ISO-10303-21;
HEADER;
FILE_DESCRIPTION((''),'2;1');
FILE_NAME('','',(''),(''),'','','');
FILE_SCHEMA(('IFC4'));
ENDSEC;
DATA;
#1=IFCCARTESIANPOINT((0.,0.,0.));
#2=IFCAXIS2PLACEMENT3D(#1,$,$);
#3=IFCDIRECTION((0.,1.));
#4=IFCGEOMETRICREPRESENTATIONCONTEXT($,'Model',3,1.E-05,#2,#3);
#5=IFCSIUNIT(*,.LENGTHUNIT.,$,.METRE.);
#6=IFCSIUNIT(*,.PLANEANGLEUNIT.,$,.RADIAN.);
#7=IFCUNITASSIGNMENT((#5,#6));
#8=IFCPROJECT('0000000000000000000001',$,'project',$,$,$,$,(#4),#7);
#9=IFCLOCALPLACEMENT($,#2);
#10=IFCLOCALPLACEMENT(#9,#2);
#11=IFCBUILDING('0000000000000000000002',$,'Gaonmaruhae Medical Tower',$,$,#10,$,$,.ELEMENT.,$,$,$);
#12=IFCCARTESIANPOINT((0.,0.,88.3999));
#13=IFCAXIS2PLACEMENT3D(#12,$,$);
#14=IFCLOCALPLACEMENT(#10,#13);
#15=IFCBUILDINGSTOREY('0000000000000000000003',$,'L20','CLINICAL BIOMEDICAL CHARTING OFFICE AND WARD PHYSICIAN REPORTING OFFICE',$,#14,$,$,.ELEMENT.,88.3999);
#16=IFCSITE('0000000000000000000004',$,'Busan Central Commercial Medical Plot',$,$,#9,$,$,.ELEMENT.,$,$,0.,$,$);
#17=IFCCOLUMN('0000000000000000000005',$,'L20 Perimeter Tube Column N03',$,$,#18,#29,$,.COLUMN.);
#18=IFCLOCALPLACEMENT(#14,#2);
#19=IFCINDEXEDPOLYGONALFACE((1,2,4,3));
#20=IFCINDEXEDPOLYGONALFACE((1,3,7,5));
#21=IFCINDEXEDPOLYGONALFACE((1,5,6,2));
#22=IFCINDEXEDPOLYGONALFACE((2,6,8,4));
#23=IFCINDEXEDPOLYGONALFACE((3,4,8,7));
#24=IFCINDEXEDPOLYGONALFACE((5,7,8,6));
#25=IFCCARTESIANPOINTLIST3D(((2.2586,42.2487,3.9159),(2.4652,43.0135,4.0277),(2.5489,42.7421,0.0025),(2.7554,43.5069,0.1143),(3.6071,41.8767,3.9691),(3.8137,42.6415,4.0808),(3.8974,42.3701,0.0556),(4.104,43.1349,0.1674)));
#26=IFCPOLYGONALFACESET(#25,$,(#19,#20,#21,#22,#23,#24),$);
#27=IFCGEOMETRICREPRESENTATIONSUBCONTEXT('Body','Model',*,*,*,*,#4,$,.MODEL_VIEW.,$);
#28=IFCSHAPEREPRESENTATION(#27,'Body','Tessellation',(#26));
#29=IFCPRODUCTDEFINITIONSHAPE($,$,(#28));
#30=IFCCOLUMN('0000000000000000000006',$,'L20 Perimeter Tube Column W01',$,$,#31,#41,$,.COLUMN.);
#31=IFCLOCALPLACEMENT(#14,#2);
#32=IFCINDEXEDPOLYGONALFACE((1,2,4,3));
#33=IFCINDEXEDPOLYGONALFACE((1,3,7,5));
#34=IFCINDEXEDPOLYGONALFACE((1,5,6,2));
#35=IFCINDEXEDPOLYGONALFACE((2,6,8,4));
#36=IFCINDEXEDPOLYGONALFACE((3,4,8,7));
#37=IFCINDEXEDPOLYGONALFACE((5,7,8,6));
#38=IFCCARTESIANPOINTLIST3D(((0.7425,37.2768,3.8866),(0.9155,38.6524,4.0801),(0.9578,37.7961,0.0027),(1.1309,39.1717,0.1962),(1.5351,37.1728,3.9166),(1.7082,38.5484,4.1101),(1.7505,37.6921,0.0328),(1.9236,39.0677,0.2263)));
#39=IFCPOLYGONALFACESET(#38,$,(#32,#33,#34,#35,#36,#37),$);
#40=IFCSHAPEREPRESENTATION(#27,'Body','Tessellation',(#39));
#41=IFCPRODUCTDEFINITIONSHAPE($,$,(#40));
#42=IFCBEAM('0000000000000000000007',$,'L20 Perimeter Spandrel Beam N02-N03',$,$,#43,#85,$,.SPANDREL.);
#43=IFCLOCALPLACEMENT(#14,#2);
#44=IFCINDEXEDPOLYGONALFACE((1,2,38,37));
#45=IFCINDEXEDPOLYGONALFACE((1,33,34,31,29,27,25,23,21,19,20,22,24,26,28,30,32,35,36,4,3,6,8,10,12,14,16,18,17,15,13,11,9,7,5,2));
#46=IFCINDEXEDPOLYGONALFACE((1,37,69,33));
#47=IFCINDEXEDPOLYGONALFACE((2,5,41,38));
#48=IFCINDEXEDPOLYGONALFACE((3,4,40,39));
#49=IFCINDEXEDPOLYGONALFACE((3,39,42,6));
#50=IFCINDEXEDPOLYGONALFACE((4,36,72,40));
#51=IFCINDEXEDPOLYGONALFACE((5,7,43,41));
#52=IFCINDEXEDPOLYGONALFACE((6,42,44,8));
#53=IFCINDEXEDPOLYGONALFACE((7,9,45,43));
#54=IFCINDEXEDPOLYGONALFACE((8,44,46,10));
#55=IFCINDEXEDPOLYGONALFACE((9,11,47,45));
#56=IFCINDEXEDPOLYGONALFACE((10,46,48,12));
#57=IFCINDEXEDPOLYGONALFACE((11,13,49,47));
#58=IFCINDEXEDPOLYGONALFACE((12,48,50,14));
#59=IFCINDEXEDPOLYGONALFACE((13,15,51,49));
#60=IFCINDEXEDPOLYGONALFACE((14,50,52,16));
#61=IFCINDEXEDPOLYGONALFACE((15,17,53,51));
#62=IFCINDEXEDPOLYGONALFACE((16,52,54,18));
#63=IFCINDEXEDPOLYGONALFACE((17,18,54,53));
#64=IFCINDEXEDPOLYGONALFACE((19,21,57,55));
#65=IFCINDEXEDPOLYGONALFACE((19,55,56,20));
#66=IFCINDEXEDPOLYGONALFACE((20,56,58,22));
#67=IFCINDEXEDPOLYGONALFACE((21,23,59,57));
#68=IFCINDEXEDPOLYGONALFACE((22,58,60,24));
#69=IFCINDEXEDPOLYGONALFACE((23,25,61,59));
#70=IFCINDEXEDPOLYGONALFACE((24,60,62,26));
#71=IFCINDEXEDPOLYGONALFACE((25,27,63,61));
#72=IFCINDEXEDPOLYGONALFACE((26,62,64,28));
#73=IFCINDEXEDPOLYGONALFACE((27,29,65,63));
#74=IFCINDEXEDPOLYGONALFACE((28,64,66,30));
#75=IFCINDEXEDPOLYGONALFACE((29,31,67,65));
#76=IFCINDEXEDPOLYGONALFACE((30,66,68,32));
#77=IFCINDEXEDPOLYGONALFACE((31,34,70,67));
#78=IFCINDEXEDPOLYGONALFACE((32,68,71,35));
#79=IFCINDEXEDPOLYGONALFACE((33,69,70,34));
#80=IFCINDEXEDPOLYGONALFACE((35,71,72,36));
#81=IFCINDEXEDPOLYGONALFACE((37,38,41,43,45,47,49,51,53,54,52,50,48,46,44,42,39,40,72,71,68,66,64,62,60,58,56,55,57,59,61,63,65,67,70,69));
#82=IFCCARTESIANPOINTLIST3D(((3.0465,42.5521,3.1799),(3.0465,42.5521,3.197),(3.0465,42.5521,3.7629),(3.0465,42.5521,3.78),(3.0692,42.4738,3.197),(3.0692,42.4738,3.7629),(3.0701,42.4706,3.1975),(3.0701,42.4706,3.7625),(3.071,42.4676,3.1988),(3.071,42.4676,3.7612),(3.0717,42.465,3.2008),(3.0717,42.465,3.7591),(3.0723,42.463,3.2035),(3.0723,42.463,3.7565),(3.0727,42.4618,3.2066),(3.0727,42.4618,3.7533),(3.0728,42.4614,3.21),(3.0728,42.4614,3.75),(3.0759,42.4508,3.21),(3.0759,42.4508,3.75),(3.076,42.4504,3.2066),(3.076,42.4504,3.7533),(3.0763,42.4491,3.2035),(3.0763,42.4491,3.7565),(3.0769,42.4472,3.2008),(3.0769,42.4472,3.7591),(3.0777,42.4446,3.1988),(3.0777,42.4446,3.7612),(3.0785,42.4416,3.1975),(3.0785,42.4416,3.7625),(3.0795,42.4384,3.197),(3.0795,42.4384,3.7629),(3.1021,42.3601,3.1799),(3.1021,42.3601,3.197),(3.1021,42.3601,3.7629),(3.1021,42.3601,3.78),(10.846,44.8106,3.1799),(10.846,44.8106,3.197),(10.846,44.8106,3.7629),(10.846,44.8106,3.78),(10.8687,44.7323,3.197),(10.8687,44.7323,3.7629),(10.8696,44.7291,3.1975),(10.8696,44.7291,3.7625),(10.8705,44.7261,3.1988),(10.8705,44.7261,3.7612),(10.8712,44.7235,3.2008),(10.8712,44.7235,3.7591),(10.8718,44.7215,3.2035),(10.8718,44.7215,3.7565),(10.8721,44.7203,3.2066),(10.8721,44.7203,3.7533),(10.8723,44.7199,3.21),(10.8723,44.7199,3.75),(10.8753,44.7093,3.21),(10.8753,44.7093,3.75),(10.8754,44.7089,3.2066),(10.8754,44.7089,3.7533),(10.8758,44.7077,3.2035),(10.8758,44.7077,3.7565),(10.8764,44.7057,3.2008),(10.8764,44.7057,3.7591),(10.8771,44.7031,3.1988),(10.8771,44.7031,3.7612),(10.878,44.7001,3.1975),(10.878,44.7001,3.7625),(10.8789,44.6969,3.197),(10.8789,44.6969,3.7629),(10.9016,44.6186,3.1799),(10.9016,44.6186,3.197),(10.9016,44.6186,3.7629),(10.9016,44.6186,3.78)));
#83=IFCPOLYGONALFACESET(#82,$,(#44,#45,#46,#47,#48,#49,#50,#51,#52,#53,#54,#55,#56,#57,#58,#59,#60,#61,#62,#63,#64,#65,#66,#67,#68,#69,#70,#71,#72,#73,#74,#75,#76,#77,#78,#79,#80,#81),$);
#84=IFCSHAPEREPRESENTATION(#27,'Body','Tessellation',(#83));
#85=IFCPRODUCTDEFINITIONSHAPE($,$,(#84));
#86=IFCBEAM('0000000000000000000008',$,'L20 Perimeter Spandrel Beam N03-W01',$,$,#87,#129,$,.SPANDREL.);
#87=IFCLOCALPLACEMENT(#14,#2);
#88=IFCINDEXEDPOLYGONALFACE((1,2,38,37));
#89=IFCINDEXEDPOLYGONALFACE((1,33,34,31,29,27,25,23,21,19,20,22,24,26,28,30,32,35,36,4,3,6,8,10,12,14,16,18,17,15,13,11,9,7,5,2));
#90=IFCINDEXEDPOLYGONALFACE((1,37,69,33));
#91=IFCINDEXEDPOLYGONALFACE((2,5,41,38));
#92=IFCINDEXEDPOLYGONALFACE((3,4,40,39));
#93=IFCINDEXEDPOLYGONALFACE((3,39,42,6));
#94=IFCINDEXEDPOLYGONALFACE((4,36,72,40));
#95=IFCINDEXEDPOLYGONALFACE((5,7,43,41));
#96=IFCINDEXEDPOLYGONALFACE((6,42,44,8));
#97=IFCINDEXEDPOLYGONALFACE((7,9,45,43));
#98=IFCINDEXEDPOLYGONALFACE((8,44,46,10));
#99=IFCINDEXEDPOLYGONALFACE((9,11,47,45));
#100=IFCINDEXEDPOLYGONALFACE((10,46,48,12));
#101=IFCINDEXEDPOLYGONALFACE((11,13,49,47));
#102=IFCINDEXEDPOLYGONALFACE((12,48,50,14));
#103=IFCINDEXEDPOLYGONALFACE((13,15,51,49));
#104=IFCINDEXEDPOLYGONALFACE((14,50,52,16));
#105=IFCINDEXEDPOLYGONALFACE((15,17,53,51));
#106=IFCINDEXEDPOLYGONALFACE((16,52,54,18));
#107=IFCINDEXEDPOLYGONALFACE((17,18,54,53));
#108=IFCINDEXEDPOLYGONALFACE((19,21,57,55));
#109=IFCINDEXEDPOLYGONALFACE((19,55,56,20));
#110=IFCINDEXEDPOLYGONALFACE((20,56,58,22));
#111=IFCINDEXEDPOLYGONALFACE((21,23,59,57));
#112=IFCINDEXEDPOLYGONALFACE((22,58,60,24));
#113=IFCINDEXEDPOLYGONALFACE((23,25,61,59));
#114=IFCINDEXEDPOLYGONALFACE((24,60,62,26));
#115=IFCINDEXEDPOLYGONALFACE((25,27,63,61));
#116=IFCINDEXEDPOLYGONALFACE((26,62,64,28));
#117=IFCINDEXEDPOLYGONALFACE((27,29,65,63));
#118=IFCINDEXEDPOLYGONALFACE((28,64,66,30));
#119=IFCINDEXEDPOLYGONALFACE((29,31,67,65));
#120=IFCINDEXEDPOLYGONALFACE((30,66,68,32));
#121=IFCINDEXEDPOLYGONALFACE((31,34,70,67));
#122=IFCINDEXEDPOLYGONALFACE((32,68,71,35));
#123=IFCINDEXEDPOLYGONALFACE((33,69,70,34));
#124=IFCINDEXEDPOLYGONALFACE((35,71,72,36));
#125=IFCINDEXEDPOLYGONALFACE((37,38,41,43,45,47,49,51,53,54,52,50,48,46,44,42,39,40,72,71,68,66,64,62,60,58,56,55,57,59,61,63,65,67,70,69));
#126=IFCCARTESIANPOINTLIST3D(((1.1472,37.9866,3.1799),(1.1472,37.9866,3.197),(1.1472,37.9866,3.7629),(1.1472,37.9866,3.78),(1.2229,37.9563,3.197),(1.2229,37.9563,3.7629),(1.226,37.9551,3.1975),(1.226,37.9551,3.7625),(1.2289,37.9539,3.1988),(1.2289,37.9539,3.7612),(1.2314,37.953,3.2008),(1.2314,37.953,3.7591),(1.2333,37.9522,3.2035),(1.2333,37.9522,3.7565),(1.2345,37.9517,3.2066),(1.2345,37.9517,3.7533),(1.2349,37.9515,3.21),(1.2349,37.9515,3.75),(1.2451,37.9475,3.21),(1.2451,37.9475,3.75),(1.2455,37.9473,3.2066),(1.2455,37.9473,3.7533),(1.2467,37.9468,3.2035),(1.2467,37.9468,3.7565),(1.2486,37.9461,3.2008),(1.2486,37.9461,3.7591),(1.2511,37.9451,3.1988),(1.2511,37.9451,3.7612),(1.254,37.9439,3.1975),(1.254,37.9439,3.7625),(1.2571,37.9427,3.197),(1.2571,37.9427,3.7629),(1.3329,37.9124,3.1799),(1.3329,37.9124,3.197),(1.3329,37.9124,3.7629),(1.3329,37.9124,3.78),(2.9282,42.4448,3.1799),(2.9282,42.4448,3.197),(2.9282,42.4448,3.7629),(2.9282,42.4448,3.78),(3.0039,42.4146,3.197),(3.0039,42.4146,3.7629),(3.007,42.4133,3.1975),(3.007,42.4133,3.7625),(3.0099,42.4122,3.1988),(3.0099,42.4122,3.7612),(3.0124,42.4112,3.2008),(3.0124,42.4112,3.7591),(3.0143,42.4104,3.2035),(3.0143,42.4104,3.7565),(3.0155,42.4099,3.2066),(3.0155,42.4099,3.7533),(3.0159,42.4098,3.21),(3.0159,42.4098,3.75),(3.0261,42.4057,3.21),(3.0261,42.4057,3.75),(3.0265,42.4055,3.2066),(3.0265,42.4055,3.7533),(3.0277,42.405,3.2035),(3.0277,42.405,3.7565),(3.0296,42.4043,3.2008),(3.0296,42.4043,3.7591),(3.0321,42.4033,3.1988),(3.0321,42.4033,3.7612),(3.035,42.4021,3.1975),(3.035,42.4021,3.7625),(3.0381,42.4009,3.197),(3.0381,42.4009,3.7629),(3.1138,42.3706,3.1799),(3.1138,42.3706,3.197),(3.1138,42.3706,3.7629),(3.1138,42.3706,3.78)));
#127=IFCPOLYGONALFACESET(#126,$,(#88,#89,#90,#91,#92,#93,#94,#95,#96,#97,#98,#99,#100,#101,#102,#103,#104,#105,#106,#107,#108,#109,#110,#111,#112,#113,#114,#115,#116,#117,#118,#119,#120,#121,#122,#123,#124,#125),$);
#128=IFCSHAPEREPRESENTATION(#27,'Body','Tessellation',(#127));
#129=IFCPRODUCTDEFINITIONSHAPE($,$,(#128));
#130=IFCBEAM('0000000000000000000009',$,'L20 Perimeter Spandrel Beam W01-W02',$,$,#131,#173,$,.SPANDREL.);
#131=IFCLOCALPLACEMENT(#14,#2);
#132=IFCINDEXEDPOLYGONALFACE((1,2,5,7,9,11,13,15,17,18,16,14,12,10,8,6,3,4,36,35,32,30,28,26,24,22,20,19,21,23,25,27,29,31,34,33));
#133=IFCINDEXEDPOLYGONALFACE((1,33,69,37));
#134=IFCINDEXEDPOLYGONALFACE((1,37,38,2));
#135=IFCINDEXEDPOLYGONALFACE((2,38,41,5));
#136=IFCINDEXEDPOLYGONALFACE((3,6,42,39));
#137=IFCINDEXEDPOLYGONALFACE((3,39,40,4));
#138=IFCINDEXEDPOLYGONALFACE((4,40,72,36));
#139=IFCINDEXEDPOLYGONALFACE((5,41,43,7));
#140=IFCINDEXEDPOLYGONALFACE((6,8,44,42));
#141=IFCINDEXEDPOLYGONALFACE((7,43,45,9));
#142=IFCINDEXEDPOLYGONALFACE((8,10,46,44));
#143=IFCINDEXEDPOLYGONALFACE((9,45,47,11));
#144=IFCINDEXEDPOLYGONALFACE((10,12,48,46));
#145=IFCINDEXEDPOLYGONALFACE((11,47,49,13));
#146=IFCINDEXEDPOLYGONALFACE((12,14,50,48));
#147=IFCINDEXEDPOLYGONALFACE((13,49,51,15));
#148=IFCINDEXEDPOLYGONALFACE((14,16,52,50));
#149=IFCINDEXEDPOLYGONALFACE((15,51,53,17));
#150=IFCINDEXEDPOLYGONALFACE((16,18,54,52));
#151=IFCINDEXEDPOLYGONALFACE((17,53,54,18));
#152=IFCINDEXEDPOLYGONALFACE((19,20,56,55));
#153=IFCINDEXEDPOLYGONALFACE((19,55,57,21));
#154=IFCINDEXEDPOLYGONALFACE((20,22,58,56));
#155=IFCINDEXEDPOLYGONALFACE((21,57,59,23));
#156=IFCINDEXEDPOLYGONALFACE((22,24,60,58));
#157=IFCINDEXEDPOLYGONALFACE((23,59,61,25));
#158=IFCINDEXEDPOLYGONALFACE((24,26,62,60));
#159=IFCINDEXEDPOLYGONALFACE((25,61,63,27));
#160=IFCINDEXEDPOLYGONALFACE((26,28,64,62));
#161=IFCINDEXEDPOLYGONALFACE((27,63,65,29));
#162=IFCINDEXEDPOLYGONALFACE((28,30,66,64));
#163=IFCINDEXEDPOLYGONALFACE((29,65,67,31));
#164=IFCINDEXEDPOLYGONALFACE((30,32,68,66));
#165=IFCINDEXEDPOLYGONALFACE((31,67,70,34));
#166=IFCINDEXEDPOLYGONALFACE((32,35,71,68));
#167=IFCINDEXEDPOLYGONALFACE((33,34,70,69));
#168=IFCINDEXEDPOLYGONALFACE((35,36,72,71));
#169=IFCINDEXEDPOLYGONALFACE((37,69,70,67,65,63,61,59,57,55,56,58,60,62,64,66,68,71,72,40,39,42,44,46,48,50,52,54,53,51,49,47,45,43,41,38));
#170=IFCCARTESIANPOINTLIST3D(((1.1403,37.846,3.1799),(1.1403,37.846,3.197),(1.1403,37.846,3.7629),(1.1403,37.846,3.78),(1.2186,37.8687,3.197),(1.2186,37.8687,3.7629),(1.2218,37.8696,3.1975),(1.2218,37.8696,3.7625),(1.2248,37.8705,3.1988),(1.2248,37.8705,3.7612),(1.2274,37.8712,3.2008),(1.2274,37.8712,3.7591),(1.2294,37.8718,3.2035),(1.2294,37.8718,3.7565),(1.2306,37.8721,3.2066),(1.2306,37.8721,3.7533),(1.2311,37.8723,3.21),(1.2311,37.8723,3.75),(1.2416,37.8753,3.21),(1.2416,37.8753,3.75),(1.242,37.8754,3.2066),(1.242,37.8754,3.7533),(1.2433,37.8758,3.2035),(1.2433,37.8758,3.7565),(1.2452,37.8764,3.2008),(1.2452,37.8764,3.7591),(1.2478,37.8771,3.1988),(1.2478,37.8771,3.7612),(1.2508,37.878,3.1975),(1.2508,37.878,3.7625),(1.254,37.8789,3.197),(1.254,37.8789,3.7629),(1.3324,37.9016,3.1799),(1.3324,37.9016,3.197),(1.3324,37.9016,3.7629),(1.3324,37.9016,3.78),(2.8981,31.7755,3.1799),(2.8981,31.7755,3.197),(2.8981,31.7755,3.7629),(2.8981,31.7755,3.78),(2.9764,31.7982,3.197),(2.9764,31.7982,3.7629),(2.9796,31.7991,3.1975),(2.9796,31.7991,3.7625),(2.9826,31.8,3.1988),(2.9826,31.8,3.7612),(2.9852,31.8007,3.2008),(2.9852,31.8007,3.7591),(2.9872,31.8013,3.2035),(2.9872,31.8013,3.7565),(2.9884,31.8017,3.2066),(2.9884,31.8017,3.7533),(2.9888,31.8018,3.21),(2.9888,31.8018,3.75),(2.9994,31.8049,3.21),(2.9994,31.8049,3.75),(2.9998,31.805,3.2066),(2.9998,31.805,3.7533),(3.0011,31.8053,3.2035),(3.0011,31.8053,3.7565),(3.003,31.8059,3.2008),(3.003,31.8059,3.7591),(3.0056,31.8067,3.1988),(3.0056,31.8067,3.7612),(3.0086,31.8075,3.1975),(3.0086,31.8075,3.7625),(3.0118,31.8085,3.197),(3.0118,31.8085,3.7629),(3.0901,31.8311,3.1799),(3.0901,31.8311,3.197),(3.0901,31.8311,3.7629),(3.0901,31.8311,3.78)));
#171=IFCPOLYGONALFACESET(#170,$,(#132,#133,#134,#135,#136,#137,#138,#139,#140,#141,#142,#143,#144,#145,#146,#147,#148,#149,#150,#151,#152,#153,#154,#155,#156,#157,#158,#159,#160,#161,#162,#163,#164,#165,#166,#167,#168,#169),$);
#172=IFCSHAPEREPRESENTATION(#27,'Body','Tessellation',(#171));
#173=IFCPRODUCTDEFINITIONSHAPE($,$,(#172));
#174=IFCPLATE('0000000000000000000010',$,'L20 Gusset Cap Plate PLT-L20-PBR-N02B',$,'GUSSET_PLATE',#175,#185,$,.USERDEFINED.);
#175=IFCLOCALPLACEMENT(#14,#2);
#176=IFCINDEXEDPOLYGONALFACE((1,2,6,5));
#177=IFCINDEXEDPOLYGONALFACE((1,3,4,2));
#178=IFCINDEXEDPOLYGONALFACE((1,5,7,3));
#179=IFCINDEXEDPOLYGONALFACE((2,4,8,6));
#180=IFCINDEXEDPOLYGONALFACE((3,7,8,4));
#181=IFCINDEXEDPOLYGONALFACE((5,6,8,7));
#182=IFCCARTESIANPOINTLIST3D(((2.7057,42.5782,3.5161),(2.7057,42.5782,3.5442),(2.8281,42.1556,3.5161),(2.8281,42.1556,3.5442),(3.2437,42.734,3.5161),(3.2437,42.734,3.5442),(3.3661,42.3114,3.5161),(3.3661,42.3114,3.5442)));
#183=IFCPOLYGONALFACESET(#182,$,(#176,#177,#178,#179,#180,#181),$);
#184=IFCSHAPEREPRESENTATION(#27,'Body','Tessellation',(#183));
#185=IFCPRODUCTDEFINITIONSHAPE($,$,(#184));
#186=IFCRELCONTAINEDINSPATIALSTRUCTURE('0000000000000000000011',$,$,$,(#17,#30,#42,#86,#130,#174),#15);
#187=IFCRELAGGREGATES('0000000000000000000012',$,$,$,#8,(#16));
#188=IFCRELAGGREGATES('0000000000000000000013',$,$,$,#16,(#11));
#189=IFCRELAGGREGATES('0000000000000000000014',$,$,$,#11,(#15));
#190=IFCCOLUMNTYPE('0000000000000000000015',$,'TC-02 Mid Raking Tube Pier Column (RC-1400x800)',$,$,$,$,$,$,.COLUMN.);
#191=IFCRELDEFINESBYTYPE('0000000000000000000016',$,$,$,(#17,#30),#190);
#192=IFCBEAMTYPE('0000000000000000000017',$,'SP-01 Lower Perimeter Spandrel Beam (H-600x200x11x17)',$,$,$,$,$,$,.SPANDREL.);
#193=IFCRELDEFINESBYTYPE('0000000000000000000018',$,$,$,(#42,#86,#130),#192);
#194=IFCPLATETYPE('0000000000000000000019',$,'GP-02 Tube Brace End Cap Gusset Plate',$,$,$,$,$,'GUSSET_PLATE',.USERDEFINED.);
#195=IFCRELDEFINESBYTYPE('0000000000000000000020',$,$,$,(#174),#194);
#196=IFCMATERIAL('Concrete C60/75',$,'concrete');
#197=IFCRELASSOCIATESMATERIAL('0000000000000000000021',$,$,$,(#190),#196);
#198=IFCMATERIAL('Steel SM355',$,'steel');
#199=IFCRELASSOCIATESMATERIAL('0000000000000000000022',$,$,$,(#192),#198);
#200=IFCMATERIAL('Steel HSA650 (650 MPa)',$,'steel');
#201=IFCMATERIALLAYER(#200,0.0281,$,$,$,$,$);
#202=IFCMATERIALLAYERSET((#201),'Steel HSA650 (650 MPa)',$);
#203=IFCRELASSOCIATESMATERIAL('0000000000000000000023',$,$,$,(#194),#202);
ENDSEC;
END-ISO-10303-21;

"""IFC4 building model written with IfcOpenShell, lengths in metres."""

from ifc_helpers import new_model, si_unit, direction, frame, origin, origin_2d, place, context, subcontext, project, spatial, rectangle, i_section, extrude, material, layer, layer_set, material_profile, profile_set, type_object, element, save


model = new_model("IFC4")

# Units and contexts
model_context = context("Model", 3, precision=1e-05, world=origin(), true_north=direction((0.0, 1.0)))
body_context = subcontext(model_context, "Body", "Model", "MODEL_VIEW")
ifc_project = project(units=[si_unit("LENGTHUNIT", "METRE"), si_unit("PLANEANGLEUNIT", "RADIAN")], contexts=[model_context])

# Site, building, storey
site_placement = place(None, origin())
site = spatial("IfcSite", under=ifc_project, at=site_placement, Name="Busan Central Commercial Medical Plot", CompositionType="ELEMENT", RefElevation=0.0)
building_placement = place(site_placement, origin())
building = spatial("IfcBuilding", under=site, at=building_placement, Name="Gaonmaruhae Medical Tower", CompositionType="ELEMENT")
storey_placement = place(building_placement, frame((0.0, 0.0, 88.3999)))
storey = spatial("IfcBuildingStorey", under=building, at=storey_placement, Name="L20", Description="CLINICAL BIOMEDICAL CHARTING OFFICE AND WARD PHYSICIAN REPORTING OFFICE", CompositionType="ELEMENT", Elevation=88.3999)

# Columns
ifc_material_1 = material(Name="Concrete C60/75", Category="concrete")
ifc_material_profile_1 = material_profile(ifc_material_1, rectangle(XDim=1.3999, YDim=0.8, at=origin_2d()), Name="RC-1400x800")
ifc_profile_set_1 = profile_set([ifc_material_profile_1], Name="Concrete C60/75")
column_type = type_object("IfcColumnType", Name="TC-02 Mid Raking Tube Pier Column (RC-1400x800)", PredefinedType="COLUMN", material=ifc_profile_set_1)
column_1_placement = place(storey_placement, frame((3.3264, 42.9385, 0.085), z_axis=(-0.073397, -0.124756, 0.989469), x_axis=(0.963299, -0.265735, 0.037951)))
element("IfcColumn", 1, at=column_1_placement, inside=storey, type_object=column_type, Name="L20 Perimeter Tube Column N03", PredefinedType="COLUMN", context=body_context, shape_type="SweptSolid", body=[
    extrude(rectangle(XDim=1.3999, YDim=0.8, at=origin_2d()), origin(), (0.0, 0.0, 1.0), 3.9551),
])
column_2_placement = place(storey_placement, frame((1.4407, 38.4319, 0.1145), z_axis=(-0.054872, -0.132327, 0.989686), x_axis=(0.123637, 0.982651, 0.138242)))
element("IfcColumn", 2, at=column_2_placement, inside=storey, type_object=column_type, Name="L20 Perimeter Tube Column W01", PredefinedType="COLUMN", context=body_context, shape_type="SweptSolid", body=[
    extrude(rectangle(XDim=1.3999, YDim=0.8, at=origin_2d()), origin(), (0.0, 0.0, 1.0), 3.9243),
])

# Beams
ifc_material_2 = material(Name="Steel SM355", Category="steel")
ifc_material_profile_2 = material_profile(ifc_material_2, i_section(OverallWidth=0.2, OverallDepth=0.6001, WebThickness=0.011, FlangeThickness=0.0171, FilletRadius=0.0129, at=origin_2d()), Name="H-600x200x11x17")
ifc_profile_set_2 = profile_set([ifc_material_profile_2], Name="Steel SM355")
beam_type = type_object("IfcBeamType", Name="SP-01 Lower Perimeter Spandrel Beam (H-600x200x11x17)", PredefinedType="SPANDREL", material=ifc_profile_set_2)
beam_1_placement = place(storey_placement, frame((10.8738, 44.7146, 3.48), z_axis=(-0.960539, -0.278146, 0.0), x_axis=(0.278146, -0.960539, 0.0)))
element("IfcBeam", 3, at=beam_1_placement, inside=storey, type_object=beam_type, Name="L20 Perimeter Spandrel Beam N02-N03", PredefinedType="SPANDREL", context=body_context, shape_type="SweptSolid", body=[
    extrude(i_section(OverallWidth=0.2, OverallDepth=0.6001, WebThickness=0.011, FlangeThickness=0.0171, FilletRadius=0.0129, at=origin_2d()), origin(), (0.0, 0.0, 1.0), 8.1199),
])
beam_2_placement = place(storey_placement, frame((3.021, 42.4077, 3.48), z_axis=(-0.370979, -0.928641, 0.0), x_axis=(0.928641, -0.370979, 0.0)))
element("IfcBeam", 4, at=beam_2_placement, inside=storey, type_object=beam_type, Name="L20 Perimeter Spandrel Beam N03-W01", PredefinedType="SPANDREL", context=body_context, shape_type="SweptSolid", body=[
    extrude(i_section(OverallWidth=0.2, OverallDepth=0.6001, WebThickness=0.011, FlangeThickness=0.0171, FilletRadius=0.0129, at=origin_2d()), origin(), (0.0, 0.0, 1.0), 4.8008),
])
beam_3_placement = place(storey_placement, frame((1.2363, 37.8738, 3.48), z_axis=(0.278138, -0.960541, 0.0), x_axis=(0.960541, 0.278138, 0.0)))
element("IfcBeam", 5, at=beam_3_placement, inside=storey, type_object=beam_type, Name="L20 Perimeter Spandrel Beam W01-W02", PredefinedType="SPANDREL", context=body_context, shape_type="SweptSolid", body=[
    extrude(i_section(OverallWidth=0.2, OverallDepth=0.6001, WebThickness=0.011, FlangeThickness=0.0171, FilletRadius=0.0129, at=origin_2d()), origin(), (0.0, 0.0, 1.0), 6.3198),
])

# Plate
ifc_material_3 = material(Name="Steel HSA650 (650 MPa)", Category="steel")
ifc_layer_1 = layer(ifc_material_3, 0.0281)
ifc_layer_set_1 = layer_set([ifc_layer_1], Name="Steel HSA650 (650 MPa)")
plate_type_1 = type_object("IfcPlateType", Name="GP-02 Tube Brace End Cap Gusset Plate", ElementType="GUSSET_PLATE", PredefinedType="USERDEFINED", material=ifc_layer_set_1)
plate_1_placement = place(storey_placement, frame((3.0359, 42.4448, 3.5161), z_axis=(0.0, 0.0, 1.0), x_axis=(0.960537, 0.278153, 0.0)))
element("IfcPlate", 6, at=plate_1_placement, inside=storey, type_object=plate_type_1, Name="L20 Gusset Cap Plate PLT-L20-PBR-N02B", ObjectType="GUSSET_PLATE", PredefinedType="USERDEFINED", context=body_context, shape_type="SweptSolid", body=[
    extrude(rectangle(XDim=0.5601, YDim=0.4399, at=origin_2d()), origin(), (0.0, 0.0, 1.0), 0.0281),
])

save(model, "model.ifc")
